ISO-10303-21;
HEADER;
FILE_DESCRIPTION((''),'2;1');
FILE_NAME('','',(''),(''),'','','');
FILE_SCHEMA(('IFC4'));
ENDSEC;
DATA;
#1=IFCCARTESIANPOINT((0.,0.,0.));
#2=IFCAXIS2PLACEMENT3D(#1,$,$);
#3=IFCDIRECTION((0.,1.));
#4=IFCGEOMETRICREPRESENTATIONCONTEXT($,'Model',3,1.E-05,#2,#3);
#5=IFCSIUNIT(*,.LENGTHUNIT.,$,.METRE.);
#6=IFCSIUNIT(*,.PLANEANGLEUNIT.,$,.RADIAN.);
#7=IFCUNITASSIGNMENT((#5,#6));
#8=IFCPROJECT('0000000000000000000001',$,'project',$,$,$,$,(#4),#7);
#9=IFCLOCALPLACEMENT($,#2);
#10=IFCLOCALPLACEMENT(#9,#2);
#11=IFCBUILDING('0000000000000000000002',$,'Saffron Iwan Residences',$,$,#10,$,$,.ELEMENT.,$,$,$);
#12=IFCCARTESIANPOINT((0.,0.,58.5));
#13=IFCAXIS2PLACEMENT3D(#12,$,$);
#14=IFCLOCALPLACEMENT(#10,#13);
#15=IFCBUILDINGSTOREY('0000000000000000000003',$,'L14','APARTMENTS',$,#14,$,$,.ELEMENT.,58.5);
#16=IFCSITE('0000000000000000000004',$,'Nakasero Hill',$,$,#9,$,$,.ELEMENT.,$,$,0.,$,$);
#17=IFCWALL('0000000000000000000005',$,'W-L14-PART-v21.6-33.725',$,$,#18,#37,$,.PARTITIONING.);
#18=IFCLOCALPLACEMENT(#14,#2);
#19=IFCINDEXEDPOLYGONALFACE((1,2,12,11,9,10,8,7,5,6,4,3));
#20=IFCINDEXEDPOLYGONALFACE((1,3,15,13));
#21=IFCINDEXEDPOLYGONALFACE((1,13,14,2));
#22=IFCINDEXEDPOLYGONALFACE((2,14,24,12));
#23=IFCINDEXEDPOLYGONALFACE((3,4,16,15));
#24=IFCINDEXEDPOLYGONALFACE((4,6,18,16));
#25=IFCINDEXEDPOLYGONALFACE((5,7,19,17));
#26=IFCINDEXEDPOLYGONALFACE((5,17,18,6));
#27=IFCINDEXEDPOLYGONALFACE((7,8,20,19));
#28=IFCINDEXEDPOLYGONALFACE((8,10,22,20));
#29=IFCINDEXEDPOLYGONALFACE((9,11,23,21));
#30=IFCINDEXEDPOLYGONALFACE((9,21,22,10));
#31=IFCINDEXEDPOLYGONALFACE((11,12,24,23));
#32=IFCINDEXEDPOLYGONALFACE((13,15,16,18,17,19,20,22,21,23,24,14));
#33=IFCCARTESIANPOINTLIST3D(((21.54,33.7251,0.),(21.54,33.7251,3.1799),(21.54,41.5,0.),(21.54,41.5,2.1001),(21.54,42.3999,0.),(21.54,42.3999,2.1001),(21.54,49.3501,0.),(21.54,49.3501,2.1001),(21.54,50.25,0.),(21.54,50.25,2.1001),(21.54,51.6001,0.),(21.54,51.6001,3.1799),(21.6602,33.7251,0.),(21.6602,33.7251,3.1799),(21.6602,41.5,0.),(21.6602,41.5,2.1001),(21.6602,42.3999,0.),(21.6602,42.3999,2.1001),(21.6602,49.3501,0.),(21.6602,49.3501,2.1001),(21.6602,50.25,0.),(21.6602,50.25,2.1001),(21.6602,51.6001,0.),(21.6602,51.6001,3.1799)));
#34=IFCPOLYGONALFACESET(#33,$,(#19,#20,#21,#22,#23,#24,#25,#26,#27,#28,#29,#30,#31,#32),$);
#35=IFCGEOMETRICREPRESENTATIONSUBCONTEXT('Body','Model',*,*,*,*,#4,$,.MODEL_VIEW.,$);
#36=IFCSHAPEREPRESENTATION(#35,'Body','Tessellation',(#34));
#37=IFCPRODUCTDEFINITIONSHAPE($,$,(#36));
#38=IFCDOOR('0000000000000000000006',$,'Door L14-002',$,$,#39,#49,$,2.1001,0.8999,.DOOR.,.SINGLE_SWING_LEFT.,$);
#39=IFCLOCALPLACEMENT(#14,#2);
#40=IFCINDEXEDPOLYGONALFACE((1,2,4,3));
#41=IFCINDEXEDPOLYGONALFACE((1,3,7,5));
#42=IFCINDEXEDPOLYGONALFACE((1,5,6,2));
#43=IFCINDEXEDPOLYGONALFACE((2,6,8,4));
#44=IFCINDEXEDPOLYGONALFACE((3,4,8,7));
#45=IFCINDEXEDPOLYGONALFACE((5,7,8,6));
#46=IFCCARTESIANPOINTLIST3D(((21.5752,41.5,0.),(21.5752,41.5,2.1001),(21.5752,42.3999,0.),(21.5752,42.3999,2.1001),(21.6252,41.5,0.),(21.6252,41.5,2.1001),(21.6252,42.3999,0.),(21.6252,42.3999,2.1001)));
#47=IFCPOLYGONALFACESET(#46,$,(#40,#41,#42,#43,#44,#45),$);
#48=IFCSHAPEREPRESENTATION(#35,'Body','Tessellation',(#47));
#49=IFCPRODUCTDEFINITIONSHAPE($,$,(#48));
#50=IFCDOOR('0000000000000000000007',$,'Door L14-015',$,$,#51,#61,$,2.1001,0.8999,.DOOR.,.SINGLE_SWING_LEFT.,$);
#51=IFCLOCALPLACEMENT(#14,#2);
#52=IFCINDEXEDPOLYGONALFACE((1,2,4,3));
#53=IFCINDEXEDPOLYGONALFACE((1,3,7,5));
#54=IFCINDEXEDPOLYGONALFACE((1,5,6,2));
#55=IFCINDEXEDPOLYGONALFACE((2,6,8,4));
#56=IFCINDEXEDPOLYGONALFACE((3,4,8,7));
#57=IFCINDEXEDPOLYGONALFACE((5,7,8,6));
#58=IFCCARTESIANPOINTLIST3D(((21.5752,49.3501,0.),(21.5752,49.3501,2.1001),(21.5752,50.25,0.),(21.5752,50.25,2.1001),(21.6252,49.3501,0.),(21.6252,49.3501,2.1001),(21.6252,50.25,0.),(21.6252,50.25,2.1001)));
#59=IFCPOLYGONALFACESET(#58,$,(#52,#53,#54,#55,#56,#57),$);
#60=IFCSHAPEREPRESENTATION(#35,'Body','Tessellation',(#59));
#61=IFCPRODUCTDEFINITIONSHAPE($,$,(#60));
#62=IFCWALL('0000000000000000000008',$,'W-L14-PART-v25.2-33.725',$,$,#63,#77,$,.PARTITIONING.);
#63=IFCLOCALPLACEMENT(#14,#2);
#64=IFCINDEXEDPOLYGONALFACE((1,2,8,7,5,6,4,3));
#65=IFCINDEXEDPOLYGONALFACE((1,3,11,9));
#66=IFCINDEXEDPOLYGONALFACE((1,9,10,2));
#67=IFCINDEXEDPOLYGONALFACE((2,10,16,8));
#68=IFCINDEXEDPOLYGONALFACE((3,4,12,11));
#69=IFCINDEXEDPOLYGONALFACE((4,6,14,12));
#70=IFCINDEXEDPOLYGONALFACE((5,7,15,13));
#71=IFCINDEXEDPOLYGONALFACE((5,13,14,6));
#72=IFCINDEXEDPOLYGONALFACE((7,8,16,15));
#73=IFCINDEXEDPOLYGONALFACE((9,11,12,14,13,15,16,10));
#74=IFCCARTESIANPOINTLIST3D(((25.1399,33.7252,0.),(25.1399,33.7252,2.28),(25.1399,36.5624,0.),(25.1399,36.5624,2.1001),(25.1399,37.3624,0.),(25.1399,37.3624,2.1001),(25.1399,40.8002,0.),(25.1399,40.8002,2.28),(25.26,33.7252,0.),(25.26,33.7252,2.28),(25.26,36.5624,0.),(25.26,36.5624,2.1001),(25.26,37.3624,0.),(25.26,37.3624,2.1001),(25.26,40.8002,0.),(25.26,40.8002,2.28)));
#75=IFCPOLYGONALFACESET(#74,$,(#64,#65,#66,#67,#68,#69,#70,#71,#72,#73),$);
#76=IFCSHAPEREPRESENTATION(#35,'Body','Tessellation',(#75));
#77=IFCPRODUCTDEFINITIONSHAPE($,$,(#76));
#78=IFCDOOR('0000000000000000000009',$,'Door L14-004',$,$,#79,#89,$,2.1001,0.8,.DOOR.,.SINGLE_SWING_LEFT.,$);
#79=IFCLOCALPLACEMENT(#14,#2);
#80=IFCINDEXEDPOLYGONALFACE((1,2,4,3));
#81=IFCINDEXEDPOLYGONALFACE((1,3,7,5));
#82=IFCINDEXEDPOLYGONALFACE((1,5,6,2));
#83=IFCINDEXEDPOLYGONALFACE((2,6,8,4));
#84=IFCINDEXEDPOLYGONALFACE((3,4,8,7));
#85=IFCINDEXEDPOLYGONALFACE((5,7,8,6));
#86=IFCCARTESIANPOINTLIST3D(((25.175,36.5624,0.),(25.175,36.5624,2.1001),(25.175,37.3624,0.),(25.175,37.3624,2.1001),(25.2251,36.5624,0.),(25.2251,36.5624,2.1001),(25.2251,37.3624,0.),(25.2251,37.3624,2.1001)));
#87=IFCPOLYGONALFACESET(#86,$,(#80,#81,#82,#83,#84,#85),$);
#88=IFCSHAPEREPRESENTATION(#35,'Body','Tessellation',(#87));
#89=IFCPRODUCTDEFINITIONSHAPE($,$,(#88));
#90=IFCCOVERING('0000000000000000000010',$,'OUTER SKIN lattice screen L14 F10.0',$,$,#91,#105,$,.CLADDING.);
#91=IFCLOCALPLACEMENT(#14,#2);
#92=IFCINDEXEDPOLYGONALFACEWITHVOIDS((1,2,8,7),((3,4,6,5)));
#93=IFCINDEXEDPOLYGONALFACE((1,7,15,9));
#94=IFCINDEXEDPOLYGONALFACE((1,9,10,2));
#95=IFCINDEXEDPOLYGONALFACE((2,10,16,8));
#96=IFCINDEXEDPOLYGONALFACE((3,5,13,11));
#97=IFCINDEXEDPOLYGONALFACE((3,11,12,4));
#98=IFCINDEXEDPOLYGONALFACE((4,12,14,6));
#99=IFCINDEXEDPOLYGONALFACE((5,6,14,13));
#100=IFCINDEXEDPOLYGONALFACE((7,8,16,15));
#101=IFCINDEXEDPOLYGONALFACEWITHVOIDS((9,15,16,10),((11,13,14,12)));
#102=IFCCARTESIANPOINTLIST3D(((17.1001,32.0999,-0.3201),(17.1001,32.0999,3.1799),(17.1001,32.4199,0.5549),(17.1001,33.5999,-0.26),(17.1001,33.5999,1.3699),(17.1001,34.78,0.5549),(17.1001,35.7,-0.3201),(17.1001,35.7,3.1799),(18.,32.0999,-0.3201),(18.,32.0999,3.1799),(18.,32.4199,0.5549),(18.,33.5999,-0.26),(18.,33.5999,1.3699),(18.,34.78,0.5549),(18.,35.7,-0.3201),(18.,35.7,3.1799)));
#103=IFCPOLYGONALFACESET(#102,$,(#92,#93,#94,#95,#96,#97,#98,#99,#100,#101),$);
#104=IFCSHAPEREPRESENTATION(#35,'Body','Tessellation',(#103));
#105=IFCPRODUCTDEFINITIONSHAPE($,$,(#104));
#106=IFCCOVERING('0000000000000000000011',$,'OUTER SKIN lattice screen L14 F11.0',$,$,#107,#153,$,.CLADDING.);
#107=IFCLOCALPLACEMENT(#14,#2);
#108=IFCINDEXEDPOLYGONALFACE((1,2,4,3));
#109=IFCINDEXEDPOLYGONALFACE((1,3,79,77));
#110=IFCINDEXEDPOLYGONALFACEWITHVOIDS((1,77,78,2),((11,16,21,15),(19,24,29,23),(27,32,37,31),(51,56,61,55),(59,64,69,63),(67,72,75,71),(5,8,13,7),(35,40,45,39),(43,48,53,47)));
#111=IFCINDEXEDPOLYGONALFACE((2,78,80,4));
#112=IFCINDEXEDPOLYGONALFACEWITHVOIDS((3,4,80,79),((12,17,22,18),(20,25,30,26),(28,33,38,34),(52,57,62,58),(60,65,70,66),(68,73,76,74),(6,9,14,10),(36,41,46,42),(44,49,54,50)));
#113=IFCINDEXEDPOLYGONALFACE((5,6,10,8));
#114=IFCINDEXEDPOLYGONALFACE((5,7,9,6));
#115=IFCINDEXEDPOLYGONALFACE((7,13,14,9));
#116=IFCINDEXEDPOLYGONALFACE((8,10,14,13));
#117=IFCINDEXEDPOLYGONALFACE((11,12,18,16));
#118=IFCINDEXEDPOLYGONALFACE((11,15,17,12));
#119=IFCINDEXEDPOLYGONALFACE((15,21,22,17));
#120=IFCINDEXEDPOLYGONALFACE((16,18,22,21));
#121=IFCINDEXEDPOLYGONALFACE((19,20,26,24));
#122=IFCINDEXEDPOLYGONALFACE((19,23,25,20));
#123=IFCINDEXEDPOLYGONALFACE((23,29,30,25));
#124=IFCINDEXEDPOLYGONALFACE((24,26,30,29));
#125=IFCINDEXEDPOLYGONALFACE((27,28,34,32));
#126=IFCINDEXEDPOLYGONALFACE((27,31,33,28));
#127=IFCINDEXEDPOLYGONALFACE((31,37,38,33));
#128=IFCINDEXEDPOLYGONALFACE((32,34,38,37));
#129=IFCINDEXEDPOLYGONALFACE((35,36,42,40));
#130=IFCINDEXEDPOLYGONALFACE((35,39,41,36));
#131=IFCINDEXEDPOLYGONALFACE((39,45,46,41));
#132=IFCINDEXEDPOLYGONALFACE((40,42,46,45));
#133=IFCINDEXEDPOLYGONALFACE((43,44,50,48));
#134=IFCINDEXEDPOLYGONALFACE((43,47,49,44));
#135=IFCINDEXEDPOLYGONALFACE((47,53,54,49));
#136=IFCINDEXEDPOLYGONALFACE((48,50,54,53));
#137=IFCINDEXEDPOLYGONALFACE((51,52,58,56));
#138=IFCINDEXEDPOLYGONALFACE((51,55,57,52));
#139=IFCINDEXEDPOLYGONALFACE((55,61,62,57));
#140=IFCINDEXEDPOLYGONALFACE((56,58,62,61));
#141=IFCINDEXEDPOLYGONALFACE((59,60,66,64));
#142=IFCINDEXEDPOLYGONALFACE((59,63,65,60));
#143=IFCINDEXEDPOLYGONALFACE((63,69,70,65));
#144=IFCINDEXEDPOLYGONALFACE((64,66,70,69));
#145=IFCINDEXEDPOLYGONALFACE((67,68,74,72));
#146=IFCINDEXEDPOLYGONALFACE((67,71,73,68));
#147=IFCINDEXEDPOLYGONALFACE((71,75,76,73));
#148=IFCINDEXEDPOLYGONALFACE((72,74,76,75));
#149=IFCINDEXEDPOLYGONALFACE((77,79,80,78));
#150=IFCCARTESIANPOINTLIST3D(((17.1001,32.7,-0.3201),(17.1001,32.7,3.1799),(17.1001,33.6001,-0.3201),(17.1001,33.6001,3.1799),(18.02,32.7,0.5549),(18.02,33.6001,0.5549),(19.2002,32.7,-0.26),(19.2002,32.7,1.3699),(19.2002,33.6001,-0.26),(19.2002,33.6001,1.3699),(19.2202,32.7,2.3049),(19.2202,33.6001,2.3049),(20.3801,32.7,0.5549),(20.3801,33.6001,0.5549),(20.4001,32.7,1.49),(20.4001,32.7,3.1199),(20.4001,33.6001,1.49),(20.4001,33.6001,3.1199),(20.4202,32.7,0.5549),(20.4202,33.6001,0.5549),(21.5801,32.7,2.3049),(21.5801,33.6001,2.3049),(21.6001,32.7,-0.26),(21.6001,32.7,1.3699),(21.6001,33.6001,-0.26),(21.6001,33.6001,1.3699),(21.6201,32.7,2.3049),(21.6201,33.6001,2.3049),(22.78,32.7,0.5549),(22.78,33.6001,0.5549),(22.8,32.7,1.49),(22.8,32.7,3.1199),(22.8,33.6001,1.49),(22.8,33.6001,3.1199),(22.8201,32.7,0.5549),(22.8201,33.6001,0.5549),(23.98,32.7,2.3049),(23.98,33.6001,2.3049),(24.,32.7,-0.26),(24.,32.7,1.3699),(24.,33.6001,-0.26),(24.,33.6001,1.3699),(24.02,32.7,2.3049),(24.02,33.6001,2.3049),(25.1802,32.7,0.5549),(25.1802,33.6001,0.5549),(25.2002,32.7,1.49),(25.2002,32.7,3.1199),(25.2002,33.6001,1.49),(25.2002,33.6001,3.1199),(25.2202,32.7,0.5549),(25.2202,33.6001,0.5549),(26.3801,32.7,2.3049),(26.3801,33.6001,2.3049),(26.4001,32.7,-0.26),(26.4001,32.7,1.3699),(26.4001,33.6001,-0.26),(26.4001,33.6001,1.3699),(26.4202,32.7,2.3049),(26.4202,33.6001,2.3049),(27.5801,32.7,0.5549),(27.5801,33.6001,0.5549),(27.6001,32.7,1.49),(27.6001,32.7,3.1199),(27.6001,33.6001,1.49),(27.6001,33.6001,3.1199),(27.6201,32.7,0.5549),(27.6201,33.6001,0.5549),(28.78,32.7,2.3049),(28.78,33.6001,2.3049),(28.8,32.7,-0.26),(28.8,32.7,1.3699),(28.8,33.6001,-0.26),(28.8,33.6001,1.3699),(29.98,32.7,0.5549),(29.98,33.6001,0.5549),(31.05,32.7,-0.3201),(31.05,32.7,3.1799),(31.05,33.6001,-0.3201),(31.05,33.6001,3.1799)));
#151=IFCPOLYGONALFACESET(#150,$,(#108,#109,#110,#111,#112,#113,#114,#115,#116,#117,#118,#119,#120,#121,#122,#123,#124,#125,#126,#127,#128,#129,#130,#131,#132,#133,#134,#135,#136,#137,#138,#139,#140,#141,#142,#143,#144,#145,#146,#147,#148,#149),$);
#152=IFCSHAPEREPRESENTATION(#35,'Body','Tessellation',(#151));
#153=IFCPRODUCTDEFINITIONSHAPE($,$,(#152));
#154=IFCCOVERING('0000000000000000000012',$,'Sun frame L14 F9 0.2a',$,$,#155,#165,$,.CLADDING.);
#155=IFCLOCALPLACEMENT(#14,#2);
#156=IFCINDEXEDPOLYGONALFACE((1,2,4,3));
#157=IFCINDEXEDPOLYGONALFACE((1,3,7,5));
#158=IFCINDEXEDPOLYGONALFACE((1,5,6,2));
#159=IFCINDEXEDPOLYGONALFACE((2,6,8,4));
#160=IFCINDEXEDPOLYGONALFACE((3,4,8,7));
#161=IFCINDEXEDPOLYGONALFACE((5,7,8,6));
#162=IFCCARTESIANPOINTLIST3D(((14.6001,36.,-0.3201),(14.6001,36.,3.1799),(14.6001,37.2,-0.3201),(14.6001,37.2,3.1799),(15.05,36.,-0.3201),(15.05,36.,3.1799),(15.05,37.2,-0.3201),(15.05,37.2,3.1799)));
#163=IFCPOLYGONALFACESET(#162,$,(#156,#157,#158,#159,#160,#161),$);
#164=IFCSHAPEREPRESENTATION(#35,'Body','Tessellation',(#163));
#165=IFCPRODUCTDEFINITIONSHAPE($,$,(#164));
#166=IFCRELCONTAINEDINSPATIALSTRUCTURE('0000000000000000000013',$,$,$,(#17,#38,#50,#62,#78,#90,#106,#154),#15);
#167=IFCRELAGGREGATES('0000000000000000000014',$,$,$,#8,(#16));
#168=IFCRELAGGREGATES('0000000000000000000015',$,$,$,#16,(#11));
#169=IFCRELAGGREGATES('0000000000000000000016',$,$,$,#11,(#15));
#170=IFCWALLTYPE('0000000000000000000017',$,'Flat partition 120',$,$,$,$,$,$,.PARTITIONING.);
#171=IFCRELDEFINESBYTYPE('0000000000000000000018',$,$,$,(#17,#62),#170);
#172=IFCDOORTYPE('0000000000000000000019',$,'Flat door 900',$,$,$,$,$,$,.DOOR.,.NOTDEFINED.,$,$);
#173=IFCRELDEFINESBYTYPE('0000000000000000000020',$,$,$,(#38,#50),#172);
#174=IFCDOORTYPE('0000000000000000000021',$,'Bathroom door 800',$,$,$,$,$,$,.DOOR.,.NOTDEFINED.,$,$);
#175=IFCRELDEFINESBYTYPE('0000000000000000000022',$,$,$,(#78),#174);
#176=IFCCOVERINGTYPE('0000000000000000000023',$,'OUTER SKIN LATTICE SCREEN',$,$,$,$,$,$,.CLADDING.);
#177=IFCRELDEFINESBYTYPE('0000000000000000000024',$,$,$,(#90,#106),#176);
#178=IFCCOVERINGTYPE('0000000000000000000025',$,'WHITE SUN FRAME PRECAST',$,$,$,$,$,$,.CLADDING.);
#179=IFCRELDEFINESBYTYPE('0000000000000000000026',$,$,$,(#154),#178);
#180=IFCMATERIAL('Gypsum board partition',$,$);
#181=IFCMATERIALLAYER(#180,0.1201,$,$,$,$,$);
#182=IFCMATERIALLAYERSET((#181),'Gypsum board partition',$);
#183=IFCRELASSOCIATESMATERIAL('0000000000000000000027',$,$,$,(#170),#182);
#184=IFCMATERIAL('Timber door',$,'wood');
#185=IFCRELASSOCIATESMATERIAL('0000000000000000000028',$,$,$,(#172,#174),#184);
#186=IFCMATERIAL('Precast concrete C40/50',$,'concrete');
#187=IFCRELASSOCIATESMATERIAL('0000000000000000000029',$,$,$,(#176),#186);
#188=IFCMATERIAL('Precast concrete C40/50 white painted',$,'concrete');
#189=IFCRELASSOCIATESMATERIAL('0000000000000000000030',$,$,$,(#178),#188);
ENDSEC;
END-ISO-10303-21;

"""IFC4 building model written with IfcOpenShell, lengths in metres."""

from ifc_helpers import new_model, si_unit, direction, frame, frame_2d, origin, place, context, subcontext, project, spatial, polyline, rectangle, outline, extrude, material, layer, layer_set, type_object, element, fill, save


model = new_model("IFC4")

# Units and contexts
model_context = context("Model", 3, precision=1e-05, world=origin(), true_north=direction((0.0, 1.0)))
body_context = subcontext(model_context, "Body", "Model", "MODEL_VIEW")
ifc_project = project(units=[si_unit("LENGTHUNIT", "METRE"), si_unit("PLANEANGLEUNIT", "RADIAN")], contexts=[model_context])

# Site, building, storey
site_placement = place(None, origin())
site = spatial("IfcSite", under=ifc_project, at=site_placement, Name="Nakasero Hill", CompositionType="ELEMENT", RefElevation=0.0)
building_placement = place(site_placement, origin())
building = spatial("IfcBuilding", under=site, at=building_placement, Name="Saffron Iwan Residences", CompositionType="ELEMENT")
storey_placement = place(building_placement, frame((0.0, 0.0, 58.5)))
storey = spatial("IfcBuildingStorey", under=building, at=storey_placement, Name="L14", Description="APARTMENTS", CompositionType="ELEMENT", Elevation=58.5)

# Wall, openings, doors
ifc_material_1 = material(Name="Gypsum board partition")
ifc_layer_1 = layer(ifc_material_1, 0.1201)
ifc_layer_set_1 = layer_set([ifc_layer_1], Name="Gypsum board partition")
wall_type_1 = type_object("IfcWallType", Name="Flat partition 120", PredefinedType="PARTITIONING", material=ifc_layer_set_1)
wall_1_placement = place(storey_placement, frame((21.6001, 33.7251, 0.0), z_axis=(0.0, 0.0, 1.0), x_axis=(0.0, 1.0, 0.0)))
wall_1 = element("IfcWall", 1, at=wall_1_placement, inside=storey, type_object=wall_type_1, Name="W-L14-PART-v21.6-33.725", PredefinedType="PARTITIONING", context=body_context, shape_type="SweptSolid", body=[
    extrude(rectangle(XDim=17.875, YDim=0.1201, at=frame_2d((8.9375, 0.0))), origin(), (0.0, 0.0, 1.0), 3.1799),
])
opening_1_placement = place(wall_1_placement, frame((7.7749, 0.0, 0.0)))
opening_1 = element("IfcOpeningElement", 2, at=opening_1_placement, cuts=wall_1, PredefinedType="OPENING", context=body_context, shape_type="SweptSolid", body=[
    extrude(rectangle(XDim=0.8999, YDim=2.1001, at=frame_2d((0.45, 1.05))), frame((0.0, 0.0701, 0.0), z_axis=(0.0, -1.0, 0.0), x_axis=(1.0, 0.0, 0.0)), (0.0, 0.0, 1.0), 0.1401),
])
opening_2_placement = place(wall_1_placement, frame((15.625, 0.0, 0.0)))
opening_2 = element("IfcOpeningElement", 3, at=opening_2_placement, cuts=wall_1, PredefinedType="OPENING", context=body_context, shape_type="SweptSolid", body=[
    extrude(rectangle(XDim=0.8999, YDim=2.1001, at=frame_2d((0.45, 1.05))), frame((0.0, 0.0701, 0.0), z_axis=(0.0, -1.0, 0.0), x_axis=(1.0, 0.0, 0.0)), (0.0, 0.0, 1.0), 0.1401),
])
ifc_material_2 = material(Name="Timber door", Category="wood")
door_type_1 = type_object("IfcDoorType", Name="Flat door 900", OperationType="NOTDEFINED", PredefinedType="DOOR", material=ifc_material_2)
door_1_placement = place(opening_1_placement, origin())
door_1 = element("IfcDoor", 4, at=door_1_placement, inside=storey, type_object=door_type_1, Name="Door L14-002", OperationType="SINGLE_SWING_LEFT", OverallHeight=2.1001, OverallWidth=0.8999, PredefinedType="DOOR", context=body_context, shape_type="SweptSolid", body=[
    extrude(rectangle(XDim=0.8999, YDim=2.1001, at=frame_2d((0.45, 1.05))), frame((0.0, 0.0249, 0.0), z_axis=(0.0, -1.0, 0.0), x_axis=(1.0, 0.0, 0.0)), (0.0, 0.0, 1.0), 0.05),
])
fill(opening_1, door_1)
door_2_placement = place(opening_2_placement, origin())
door_2 = element("IfcDoor", 5, at=door_2_placement, inside=storey, type_object=door_type_1, Name="Door L14-015", OperationType="SINGLE_SWING_LEFT", OverallHeight=2.1001, OverallWidth=0.8999, PredefinedType="DOOR", context=body_context, shape_type="SweptSolid", body=[
    extrude(rectangle(XDim=0.8999, YDim=2.1001, at=frame_2d((0.45, 1.05))), frame((0.0, 0.0249, 0.0), z_axis=(0.0, -1.0, 0.0), x_axis=(1.0, 0.0, 0.0)), (0.0, 0.0, 1.0), 0.05),
])
fill(opening_2, door_2)

# Wall, opening, door
wall_2_placement = place(storey_placement, frame((25.2, 33.7251, 0.0), z_axis=(0.0, 0.0, 1.0), x_axis=(0.0, 1.0, 0.0)))
wall_2 = element("IfcWall", 6, at=wall_2_placement, inside=storey, type_object=wall_type_1, Name="W-L14-PART-v25.2-33.725", PredefinedType="PARTITIONING", context=body_context, shape_type="SweptSolid", body=[
    extrude(rectangle(XDim=7.075, YDim=0.1201, at=frame_2d((3.5376, 0.0))), origin(), (0.0, 0.0, 1.0), 2.28),
])
opening_3_placement = place(wall_2_placement, frame((2.8374, 0.0, 0.0)))
opening_3 = element("IfcOpeningElement", 7, at=opening_3_placement, cuts=wall_2, PredefinedType="OPENING", context=body_context, shape_type="SweptSolid", body=[
    extrude(rectangle(XDim=0.8, YDim=2.1001, at=frame_2d((0.3999, 1.05))), frame((0.0, 0.0701, 0.0), z_axis=(0.0, -1.0, 0.0), x_axis=(1.0, 0.0, 0.0)), (0.0, 0.0, 1.0), 0.1401),
])
door_type_2 = type_object("IfcDoorType", Name="Bathroom door 800", OperationType="NOTDEFINED", PredefinedType="DOOR", material=ifc_material_2)
door_3_placement = place(opening_3_placement, origin())
door_3 = element("IfcDoor", 8, at=door_3_placement, inside=storey, type_object=door_type_2, Name="Door L14-004", OperationType="SINGLE_SWING_LEFT", OverallHeight=2.1001, OverallWidth=0.8, PredefinedType="DOOR", context=body_context, shape_type="SweptSolid", body=[
    extrude(rectangle(XDim=0.8, YDim=2.1001, at=frame_2d((0.3999, 1.05))), frame((0.0, 0.0249, 0.0), z_axis=(0.0, -1.0, 0.0), x_axis=(1.0, 0.0, 0.0)), (0.0, 0.0, 1.0), 0.05),
])
fill(opening_3, door_3)

# Coverings
ifc_material_3 = material(Name="Precast concrete C40/50", Category="concrete")
covering_type_1 = type_object("IfcCoveringType", Name="OUTER SKIN LATTICE SCREEN", PredefinedType="CLADDING", material=ifc_material_3)
covering_1_placement = place(storey_placement, frame((18.0, 35.7, -0.3201), z_axis=(-1.0, 0.0, 0.0), x_axis=(0.0, -1.0, 0.0)))
element("IfcCovering", 9, at=covering_1_placement, inside=storey, type_object=covering_type_1, Name="OUTER SKIN lattice screen L14 F10.0", PredefinedType="CLADDING", context=body_context, shape_type="SweptSolid", body=[
    extrude(outline(polyline([(0.0, 0.0), (3.6001, 0.0), (3.6001, 3.5), (0.0, 3.5), (0.0, 0.0)]), holes=[polyline([(0.9199, 0.875), (2.1001, 0.0601), (3.28, 0.875), (2.1001, 1.6899), (0.9199, 0.875)])]), origin(), (0.0, 0.0, 1.0), 0.8999),
])
covering_2_placement = place(storey_placement, frame((17.1001, 33.6001, -0.3201), z_axis=(0.0, -1.0, 0.0), x_axis=(1.0, 0.0, 0.0)))
element("IfcCovering", 10, at=covering_2_placement, inside=storey, type_object=covering_type_1, Name="OUTER SKIN lattice screen L14 F11.0", PredefinedType="CLADDING", context=body_context, shape_type="SweptSolid", body=[
    extrude(outline(polyline([(0.0, 0.0), (13.95, 0.0), (13.95, 3.5), (0.0, 3.5), (0.0, 0.0)]), holes=[polyline([(0.9199, 0.875), (2.1001, 0.0601), (3.28, 0.875), (2.1001, 1.6899), (0.9199, 0.875)]), polyline([(3.3201, 0.875), (4.5, 0.0601), (5.6799, 0.875), (4.5, 1.6899), (3.3201, 0.875)]), polyline([(5.72, 0.875), (6.8999, 0.0601), (8.0801, 0.875), (6.8999, 1.6899), (5.72, 0.875)]), polyline([(8.1201, 0.875), (9.3, 0.0601), (10.48, 0.875), (9.3, 1.6899), (8.1201, 0.875)]), polyline([(10.52, 0.875), (11.7, 0.0601), (12.8799, 0.875), (11.7, 1.6899), (10.52, 0.875)]), polyline([(2.1201, 2.625), (3.3, 1.8101), (4.48, 2.625), (3.3, 3.4399), (2.1201, 2.625)]), polyline([(4.52, 2.625), (5.7, 1.8101), (6.8799, 2.625), (5.7, 3.4399), (4.52, 2.625)]), polyline([(6.9199, 2.625), (8.1001, 1.8101), (9.28, 2.625), (8.1001, 3.4399), (6.9199, 2.625)]), polyline([(9.3201, 2.625), (10.5, 1.8101), (11.6799, 2.625), (10.5, 3.4399), (9.3201, 2.625)])]), origin(), (0.0, 0.0, 1.0), 0.9001),
])
ifc_material_4 = material(Name="Precast concrete C40/50 white painted", Category="concrete")
covering_type_2 = type_object("IfcCoveringType", Name="WHITE SUN FRAME PRECAST", PredefinedType="CLADDING", material=ifc_material_4)
for number, where, z_axis, x_axis, name in (
    (11, (14.6001, 37.2, -0.3201), (0.0, -1.0, 0.0), (1.0, 0.0, 0.0), "Sun frame L14 F9 0.2a"),
):
    element("IfcCovering", number, at=place(storey_placement, frame(where, z_axis=z_axis, x_axis=x_axis)), inside=storey, type_object=covering_type_2, Name=name, PredefinedType="CLADDING", context=body_context, shape_type="SweptSolid", body=[
        extrude(outline(polyline([(0.0, 0.0), (0.45, 0.0), (0.45, 3.5), (0.0, 3.5), (0.0, 0.0)])), origin(), (0.0, 0.0, 1.0), 1.2),
    ])

save(model, "model.ifc")
